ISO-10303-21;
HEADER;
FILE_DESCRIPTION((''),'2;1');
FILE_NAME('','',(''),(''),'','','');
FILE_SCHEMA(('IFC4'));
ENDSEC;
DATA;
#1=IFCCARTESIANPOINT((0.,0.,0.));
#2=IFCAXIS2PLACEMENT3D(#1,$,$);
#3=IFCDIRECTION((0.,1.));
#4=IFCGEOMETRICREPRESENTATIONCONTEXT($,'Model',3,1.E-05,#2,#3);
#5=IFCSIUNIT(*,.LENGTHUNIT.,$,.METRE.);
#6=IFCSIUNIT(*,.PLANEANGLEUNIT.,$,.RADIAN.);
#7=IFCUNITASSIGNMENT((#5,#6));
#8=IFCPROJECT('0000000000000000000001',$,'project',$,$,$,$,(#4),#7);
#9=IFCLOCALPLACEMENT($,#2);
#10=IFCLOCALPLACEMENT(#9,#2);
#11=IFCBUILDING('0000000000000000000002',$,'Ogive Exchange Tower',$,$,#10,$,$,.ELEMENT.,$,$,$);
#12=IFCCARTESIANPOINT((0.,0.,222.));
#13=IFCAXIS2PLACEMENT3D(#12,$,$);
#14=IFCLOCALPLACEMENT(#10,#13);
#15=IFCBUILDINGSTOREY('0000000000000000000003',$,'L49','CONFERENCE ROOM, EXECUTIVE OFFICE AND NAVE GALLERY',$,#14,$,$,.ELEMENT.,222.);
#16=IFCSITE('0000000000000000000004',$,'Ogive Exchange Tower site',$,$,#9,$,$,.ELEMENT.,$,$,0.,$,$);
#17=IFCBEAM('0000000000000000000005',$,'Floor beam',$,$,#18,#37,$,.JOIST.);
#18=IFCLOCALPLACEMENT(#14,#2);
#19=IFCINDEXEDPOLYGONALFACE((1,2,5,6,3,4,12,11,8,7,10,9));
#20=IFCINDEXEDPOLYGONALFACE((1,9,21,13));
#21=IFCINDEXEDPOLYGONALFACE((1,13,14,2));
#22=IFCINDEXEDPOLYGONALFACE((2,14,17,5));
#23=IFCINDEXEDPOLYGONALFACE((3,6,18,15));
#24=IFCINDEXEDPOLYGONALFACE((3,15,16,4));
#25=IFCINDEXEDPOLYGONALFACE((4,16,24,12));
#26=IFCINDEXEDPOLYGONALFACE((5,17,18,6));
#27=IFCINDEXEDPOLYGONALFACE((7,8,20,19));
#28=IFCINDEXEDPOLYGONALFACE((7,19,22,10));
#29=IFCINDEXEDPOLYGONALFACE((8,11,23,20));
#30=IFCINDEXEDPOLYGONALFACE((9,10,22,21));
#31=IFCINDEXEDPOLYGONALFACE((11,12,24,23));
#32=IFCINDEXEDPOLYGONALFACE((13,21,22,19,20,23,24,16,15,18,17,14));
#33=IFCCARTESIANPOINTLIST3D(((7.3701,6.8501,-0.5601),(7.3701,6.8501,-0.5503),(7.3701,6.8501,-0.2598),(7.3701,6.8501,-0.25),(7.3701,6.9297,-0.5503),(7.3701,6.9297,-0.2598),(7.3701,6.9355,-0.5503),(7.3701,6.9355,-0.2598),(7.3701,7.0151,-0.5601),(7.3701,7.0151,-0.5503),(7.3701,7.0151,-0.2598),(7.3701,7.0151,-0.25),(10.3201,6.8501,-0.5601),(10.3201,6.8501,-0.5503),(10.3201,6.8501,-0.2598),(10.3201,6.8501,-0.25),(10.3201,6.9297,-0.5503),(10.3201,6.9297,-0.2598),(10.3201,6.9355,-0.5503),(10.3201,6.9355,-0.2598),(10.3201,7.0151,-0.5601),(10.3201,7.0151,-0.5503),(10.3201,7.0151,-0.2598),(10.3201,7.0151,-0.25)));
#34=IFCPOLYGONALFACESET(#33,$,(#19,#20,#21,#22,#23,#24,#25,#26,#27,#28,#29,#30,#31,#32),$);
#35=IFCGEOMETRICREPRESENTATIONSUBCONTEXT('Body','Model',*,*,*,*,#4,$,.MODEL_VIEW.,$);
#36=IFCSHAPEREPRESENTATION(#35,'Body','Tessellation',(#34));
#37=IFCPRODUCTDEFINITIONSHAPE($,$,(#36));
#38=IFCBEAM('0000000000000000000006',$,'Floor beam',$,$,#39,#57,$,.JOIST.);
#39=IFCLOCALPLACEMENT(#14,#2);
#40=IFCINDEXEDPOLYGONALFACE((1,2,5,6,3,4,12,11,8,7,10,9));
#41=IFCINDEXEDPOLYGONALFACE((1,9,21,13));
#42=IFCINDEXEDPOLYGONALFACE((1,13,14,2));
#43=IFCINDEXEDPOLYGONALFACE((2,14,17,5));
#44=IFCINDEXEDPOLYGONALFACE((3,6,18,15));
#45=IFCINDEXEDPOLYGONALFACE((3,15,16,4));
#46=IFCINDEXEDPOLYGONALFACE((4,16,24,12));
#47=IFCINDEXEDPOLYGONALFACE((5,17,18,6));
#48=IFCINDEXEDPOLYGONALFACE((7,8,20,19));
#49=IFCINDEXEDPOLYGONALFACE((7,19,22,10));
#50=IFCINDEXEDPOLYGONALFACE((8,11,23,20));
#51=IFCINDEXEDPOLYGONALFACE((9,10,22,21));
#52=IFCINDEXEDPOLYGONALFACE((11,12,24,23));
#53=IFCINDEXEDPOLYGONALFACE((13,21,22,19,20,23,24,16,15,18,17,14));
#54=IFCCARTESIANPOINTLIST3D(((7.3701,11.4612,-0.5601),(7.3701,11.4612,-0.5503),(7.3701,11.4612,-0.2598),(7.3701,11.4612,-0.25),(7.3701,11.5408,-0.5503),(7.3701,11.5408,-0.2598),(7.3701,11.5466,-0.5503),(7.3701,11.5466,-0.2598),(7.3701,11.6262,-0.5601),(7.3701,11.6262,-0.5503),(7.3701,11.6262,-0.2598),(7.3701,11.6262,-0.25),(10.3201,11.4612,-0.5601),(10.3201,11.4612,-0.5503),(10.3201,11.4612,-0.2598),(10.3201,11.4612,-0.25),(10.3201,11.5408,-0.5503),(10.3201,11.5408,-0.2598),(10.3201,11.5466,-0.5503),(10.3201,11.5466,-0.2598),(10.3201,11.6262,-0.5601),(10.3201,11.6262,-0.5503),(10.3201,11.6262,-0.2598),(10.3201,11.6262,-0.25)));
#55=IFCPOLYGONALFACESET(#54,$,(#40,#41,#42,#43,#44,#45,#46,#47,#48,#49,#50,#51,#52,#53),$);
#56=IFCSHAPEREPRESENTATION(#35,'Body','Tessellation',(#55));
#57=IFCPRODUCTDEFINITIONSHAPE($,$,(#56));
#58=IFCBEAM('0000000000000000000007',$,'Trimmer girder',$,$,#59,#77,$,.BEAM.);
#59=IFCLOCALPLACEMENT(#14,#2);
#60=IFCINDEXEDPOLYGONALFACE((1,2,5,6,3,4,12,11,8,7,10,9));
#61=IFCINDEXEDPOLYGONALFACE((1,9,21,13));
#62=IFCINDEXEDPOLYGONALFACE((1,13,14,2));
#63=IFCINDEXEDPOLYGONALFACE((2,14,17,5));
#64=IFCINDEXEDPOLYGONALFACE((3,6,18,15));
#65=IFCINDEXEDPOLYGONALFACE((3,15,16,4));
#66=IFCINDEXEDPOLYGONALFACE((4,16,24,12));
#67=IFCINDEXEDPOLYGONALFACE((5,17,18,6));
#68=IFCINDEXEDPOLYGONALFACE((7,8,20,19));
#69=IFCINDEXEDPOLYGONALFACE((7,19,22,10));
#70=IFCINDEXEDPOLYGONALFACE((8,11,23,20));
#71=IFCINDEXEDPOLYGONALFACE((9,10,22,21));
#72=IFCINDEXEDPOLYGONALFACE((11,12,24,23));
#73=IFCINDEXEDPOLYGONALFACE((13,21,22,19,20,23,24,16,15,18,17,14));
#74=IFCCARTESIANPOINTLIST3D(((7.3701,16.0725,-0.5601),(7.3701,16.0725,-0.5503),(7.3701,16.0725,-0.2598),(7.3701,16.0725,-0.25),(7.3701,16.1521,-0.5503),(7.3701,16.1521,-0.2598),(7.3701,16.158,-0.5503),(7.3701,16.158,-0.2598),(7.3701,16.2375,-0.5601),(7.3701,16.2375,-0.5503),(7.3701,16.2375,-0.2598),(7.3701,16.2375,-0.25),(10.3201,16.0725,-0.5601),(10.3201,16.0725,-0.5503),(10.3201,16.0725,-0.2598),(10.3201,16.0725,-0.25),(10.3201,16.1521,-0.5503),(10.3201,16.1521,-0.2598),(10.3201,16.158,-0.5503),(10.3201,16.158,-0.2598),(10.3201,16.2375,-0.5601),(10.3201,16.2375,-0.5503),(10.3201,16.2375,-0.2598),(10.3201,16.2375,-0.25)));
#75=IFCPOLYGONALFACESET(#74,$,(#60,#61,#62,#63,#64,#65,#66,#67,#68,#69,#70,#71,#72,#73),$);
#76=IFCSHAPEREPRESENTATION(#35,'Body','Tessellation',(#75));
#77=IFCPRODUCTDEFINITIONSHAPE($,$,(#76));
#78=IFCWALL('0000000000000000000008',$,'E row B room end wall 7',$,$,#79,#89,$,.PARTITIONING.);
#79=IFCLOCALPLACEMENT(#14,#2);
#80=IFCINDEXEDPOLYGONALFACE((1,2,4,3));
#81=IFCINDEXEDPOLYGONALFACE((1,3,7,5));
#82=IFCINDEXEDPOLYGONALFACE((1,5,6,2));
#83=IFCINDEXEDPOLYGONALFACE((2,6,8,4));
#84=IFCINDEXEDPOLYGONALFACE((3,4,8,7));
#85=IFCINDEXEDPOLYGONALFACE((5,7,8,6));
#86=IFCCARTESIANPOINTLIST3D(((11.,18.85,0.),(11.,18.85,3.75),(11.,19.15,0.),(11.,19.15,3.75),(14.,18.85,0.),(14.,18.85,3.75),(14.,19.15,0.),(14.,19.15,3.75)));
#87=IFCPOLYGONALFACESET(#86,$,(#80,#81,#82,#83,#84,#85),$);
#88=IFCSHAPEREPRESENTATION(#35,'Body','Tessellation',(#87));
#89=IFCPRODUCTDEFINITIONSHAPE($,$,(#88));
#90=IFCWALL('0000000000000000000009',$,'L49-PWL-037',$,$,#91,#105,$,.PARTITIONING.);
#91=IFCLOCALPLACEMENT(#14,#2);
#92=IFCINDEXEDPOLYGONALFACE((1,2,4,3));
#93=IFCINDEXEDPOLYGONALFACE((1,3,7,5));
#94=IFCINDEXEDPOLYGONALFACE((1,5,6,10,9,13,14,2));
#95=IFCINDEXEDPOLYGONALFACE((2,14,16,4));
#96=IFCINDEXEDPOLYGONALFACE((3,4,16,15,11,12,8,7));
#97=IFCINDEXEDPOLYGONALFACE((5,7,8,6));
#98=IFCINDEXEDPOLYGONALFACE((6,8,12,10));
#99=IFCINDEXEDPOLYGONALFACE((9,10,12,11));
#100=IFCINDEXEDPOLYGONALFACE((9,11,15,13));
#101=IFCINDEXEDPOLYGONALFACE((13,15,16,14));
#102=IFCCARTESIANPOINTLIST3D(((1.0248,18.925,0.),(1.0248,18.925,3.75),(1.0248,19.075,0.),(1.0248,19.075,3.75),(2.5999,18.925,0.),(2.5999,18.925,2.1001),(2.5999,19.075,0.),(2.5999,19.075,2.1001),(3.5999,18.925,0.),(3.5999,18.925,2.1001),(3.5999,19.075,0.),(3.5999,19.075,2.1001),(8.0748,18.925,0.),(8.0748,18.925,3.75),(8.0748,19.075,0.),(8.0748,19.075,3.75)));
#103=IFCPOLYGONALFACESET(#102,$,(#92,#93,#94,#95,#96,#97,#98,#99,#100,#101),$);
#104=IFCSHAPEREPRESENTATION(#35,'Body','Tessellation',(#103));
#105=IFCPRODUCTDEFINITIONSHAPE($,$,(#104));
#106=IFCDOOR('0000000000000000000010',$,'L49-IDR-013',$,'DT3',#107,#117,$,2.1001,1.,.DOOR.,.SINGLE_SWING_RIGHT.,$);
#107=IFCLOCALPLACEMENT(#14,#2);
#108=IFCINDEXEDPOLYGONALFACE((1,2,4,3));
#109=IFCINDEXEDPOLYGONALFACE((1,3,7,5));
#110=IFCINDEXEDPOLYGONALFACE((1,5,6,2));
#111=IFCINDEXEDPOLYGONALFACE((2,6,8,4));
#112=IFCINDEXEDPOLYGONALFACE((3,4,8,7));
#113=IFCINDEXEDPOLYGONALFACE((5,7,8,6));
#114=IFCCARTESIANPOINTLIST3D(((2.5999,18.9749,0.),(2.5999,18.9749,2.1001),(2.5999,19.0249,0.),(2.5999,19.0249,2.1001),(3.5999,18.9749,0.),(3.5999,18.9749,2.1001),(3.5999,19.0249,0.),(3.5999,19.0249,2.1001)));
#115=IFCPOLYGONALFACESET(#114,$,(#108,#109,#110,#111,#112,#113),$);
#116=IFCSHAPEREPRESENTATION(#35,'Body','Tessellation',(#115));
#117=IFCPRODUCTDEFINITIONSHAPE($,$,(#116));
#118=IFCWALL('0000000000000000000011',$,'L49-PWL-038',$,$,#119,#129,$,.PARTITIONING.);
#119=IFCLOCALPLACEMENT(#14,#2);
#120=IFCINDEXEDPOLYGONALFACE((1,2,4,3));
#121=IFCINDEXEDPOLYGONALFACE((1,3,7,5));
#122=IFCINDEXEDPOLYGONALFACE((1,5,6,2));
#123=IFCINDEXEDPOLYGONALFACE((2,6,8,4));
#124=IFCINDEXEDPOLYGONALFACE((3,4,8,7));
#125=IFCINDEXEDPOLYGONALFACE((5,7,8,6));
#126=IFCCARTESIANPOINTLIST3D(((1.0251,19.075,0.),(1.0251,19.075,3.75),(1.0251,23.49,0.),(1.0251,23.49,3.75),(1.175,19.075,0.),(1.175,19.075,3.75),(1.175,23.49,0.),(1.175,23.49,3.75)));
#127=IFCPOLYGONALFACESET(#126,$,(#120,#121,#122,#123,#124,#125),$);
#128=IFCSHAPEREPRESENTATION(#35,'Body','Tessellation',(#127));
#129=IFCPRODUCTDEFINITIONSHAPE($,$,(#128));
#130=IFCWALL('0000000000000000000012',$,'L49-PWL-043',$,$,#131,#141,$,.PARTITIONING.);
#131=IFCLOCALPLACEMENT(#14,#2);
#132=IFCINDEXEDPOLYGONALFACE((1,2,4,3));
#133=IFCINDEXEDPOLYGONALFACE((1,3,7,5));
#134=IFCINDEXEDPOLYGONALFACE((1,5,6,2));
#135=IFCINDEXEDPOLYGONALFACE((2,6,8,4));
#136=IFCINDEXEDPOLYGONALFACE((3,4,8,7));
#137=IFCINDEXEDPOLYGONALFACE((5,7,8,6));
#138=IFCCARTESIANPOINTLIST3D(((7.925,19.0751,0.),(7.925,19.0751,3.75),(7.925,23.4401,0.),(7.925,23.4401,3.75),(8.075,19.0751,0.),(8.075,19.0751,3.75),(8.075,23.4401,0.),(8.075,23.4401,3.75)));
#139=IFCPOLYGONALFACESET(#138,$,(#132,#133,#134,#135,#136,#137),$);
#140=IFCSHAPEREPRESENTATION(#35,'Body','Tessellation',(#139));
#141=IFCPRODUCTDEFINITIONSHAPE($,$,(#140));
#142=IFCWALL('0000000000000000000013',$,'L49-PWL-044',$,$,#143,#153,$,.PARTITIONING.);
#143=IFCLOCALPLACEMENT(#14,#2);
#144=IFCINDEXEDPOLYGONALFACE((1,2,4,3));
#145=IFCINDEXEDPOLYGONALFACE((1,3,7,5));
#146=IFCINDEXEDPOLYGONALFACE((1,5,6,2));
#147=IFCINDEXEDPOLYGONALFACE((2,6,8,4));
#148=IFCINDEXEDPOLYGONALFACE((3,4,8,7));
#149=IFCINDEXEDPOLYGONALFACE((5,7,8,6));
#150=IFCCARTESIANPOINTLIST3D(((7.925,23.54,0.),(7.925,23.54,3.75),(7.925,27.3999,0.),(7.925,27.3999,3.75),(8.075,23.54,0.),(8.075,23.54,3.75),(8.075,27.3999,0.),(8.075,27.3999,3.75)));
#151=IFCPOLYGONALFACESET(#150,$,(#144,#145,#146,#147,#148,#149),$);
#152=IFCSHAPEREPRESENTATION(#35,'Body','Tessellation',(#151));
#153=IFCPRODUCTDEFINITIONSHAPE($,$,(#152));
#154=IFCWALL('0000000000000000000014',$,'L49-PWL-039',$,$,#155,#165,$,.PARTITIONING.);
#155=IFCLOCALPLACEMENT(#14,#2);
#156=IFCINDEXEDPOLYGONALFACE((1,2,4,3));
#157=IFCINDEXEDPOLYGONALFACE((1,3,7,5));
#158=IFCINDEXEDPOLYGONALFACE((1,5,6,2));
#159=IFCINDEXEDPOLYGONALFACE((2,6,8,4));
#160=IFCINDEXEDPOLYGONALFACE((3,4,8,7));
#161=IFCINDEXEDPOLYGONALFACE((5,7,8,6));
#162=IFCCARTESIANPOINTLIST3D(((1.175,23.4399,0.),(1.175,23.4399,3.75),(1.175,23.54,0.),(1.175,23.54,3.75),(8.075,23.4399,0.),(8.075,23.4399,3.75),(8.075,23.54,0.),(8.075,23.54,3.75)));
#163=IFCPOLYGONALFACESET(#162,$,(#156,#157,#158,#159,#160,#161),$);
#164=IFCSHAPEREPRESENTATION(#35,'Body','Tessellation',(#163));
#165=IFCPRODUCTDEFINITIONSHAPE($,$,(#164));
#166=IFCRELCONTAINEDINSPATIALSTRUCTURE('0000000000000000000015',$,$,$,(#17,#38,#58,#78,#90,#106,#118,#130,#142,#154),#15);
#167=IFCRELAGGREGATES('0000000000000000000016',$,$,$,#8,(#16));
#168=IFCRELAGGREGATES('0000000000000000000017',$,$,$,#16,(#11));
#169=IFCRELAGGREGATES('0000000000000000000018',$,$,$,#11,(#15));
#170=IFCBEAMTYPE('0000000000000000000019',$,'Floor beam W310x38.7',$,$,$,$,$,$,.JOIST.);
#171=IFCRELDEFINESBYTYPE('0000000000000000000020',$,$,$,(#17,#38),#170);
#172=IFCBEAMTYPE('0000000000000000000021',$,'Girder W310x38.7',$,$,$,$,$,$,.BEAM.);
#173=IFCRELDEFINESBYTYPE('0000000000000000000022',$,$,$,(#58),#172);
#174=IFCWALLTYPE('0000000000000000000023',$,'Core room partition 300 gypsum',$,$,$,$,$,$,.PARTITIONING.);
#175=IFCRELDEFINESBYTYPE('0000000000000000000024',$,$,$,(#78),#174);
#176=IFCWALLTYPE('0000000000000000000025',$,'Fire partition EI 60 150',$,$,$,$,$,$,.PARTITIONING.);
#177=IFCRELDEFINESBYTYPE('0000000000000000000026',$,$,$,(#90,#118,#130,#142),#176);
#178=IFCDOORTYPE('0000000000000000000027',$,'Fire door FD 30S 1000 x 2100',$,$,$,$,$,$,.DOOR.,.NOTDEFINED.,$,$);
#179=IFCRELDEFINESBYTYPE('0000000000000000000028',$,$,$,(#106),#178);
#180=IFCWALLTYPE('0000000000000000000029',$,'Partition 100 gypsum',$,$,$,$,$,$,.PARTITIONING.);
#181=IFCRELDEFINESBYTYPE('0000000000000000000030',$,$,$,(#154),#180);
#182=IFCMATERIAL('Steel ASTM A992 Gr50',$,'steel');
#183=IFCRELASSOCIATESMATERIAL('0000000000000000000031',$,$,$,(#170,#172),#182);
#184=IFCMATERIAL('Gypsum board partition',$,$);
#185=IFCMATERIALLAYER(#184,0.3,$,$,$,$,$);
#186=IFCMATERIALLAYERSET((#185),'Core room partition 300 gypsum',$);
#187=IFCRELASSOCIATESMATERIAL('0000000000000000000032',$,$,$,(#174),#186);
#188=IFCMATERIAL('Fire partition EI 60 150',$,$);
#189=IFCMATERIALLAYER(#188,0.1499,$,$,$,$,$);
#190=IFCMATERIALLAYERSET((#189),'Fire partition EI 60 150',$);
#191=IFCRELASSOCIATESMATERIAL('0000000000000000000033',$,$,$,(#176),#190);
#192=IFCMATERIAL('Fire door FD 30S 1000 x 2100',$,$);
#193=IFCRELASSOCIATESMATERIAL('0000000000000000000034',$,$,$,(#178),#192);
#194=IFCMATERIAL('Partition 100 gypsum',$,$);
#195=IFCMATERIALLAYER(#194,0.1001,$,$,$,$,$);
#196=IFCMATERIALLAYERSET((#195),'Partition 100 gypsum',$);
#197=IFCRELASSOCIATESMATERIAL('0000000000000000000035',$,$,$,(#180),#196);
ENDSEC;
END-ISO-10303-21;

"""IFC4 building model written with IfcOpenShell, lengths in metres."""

from ifc_helpers import new_model, si_unit, direction, frame, frame_2d, origin, origin_2d, place, context, subcontext, project, spatial, rectangle, i_section, extrude, material, layer, layer_set, material_profile, profile_set, type_object, element, fill, save


model = new_model("IFC4")

# Units and contexts
model_context = context("Model", 3, precision=1e-05, world=origin(), true_north=direction((0.0, 1.0)))
body_context = subcontext(model_context, "Body", "Model", "MODEL_VIEW")
ifc_project = project(units=[si_unit("LENGTHUNIT", "METRE"), si_unit("PLANEANGLEUNIT", "RADIAN")], contexts=[model_context])

# Site, building, storey
site_placement = place(None, origin())
site = spatial("IfcSite", under=ifc_project, at=site_placement, Name="Ogive Exchange Tower site", CompositionType="ELEMENT", RefElevation=0.0)
building_placement = place(site_placement, origin())
building = spatial("IfcBuilding", under=site, at=building_placement, Name="Ogive Exchange Tower", CompositionType="ELEMENT")
storey_placement = place(building_placement, frame((0.0, 0.0, 222.0)))
storey = spatial("IfcBuildingStorey", under=building, at=storey_placement, Name="L49", Description="CONFERENCE ROOM, EXECUTIVE OFFICE AND NAVE GALLERY", CompositionType="ELEMENT", Elevation=222.0)

# Beams
ifc_material_1 = material(Name="Steel ASTM A992 Gr50", Category="steel")
ifc_material_profile_1 = material_profile(ifc_material_1, i_section(OverallWidth=0.165, OverallDepth=0.3101, WebThickness=0.0059, FlangeThickness=0.0098, at=origin_2d()), Name="W310x38.7")
ifc_profile_set_1 = profile_set([ifc_material_profile_1], Name="Steel ASTM A992 Gr50")
beam_type_1 = type_object("IfcBeamType", Name="Floor beam W310x38.7", PredefinedType="JOIST", material=ifc_profile_set_1)
for number, where, z_axis, x_axis, name in (
    (1, (7.3701, 6.9326, -0.405), (1.0, 0.0, 0.0), (0.0, 1.0, 0.0), "Floor beam"),
    (2, (7.3701, 11.5437, -0.405), (1.0, 0.0, 0.0), (0.0, 1.0, 0.0), "Floor beam"),
):
    element("IfcBeam", number, at=place(storey_placement, frame(where, z_axis=z_axis, x_axis=x_axis)), inside=storey, type_object=beam_type_1, Name=name, PredefinedType="JOIST", context=body_context, shape_type="SweptSolid", body=[
        extrude(i_section(OverallWidth=0.165, OverallDepth=0.3101, WebThickness=0.0059, FlangeThickness=0.0098, at=origin_2d()), origin(), (0.0, 0.0, 1.0), 2.95),
    ])
ifc_material_profile_2 = material_profile(ifc_material_1, i_section(OverallWidth=0.165, OverallDepth=0.3101, WebThickness=0.0059, FlangeThickness=0.0098, at=origin_2d()), Name="W310x38.7")
ifc_profile_set_2 = profile_set([ifc_material_profile_2], Name="Steel ASTM A992 Gr50")
beam_type_2 = type_object("IfcBeamType", Name="Girder W310x38.7", PredefinedType="BEAM", material=ifc_profile_set_2)
beam_placement = place(storey_placement, frame((7.3701, 16.155, -0.405), z_axis=(1.0, 0.0, 0.0), x_axis=(0.0, 1.0, 0.0)))
element("IfcBeam", 3, at=beam_placement, inside=storey, type_object=beam_type_2, Name="Trimmer girder", PredefinedType="BEAM", context=body_context, shape_type="SweptSolid", body=[
    extrude(i_section(OverallWidth=0.165, OverallDepth=0.3101, WebThickness=0.0059, FlangeThickness=0.0098, at=origin_2d()), origin(), (0.0, 0.0, 1.0), 2.95),
])

# Wall
ifc_material_2 = material(Name="Gypsum board partition")
ifc_layer_1 = layer(ifc_material_2, 0.3)
ifc_layer_set_1 = layer_set([ifc_layer_1], Name="Core room partition 300 gypsum")
wall_type_1 = type_object("IfcWallType", Name="Core room partition 300 gypsum", PredefinedType="PARTITIONING", material=ifc_layer_set_1)
wall_1_placement = place(storey_placement, frame((11.0, 19.0, 0.0), z_axis=(0.0, 0.0, 1.0), x_axis=(1.0, 0.0, 0.0)))
element("IfcWall", 4, at=wall_1_placement, inside=storey, type_object=wall_type_1, Name="E row B room end wall 7", PredefinedType="PARTITIONING", context=body_context, shape_type="SweptSolid", body=[
    extrude(rectangle(XDim=3.0, YDim=0.3, at=frame_2d((1.5, 0.0))), origin(), (0.0, 0.0, 1.0), 3.75),
])

# Wall, opening, door
ifc_material_3 = material(Name="Fire partition EI 60 150")
ifc_layer_2 = layer(ifc_material_3, 0.1499)
ifc_layer_set_2 = layer_set([ifc_layer_2], Name="Fire partition EI 60 150")
wall_type_2 = type_object("IfcWallType", Name="Fire partition EI 60 150", PredefinedType="PARTITIONING", material=ifc_layer_set_2)
wall_2_placement = place(storey_placement, frame((1.0249, 19.0, 0.0), z_axis=(0.0, 0.0, 1.0), x_axis=(1.0, 0.0, 0.0)))
wall_2 = element("IfcWall", 5, at=wall_2_placement, inside=storey, type_object=wall_type_2, Name="L49-PWL-037", PredefinedType="PARTITIONING", context=body_context, shape_type="SweptSolid", body=[
    extrude(rectangle(XDim=7.05, YDim=0.1499, at=frame_2d((3.5249, 0.0))), origin(), (0.0, 0.0, 1.0), 3.75),
])
opening_1_placement = place(wall_2_placement, frame((1.575, 0.0, 0.0)))
opening_1 = element("IfcOpeningElement", 6, at=opening_1_placement, cuts=wall_2, PredefinedType="OPENING", context=body_context, shape_type="SweptSolid", body=[
    extrude(rectangle(XDim=1.0, YDim=2.1001, at=frame_2d((0.5, 1.05))), frame((0.0, 0.085, 0.0), z_axis=(0.0, -1.0, 0.0), x_axis=(1.0, 0.0, 0.0)), (0.0, 0.0, 1.0), 0.1699),
])
ifc_material_4 = material(Name="Fire door FD 30S 1000 x 2100")
door_type_1 = type_object("IfcDoorType", Name="Fire door FD 30S 1000 x 2100", OperationType="NOTDEFINED", PredefinedType="DOOR", material=ifc_material_4)
door_1_placement = place(opening_1_placement, origin())
door_1 = element("IfcDoor", 7, at=door_1_placement, inside=storey, type_object=door_type_1, Name="L49-IDR-013", ObjectType="DT3", OperationType="SINGLE_SWING_RIGHT", OverallHeight=2.1001, OverallWidth=1.0, PredefinedType="DOOR", context=body_context, shape_type="SweptSolid", body=[
    extrude(rectangle(XDim=1.0, YDim=2.1001, at=frame_2d((0.5, 1.05))), frame((0.0, 0.0249, 0.0), z_axis=(0.0, -1.0, 0.0), x_axis=(1.0, 0.0, 0.0)), (0.0, 0.0, 1.0), 0.05),
])
fill(opening_1, door_1)

# Walls
wall_3_placement = place(storey_placement, frame((1.1001, 23.49, 0.0), z_axis=(0.0, 0.0, 1.0), x_axis=(0.0, -1.0, 0.0)))
element("IfcWall", 8, at=wall_3_placement, inside=storey, type_object=wall_type_2, Name="L49-PWL-038", PredefinedType="PARTITIONING", context=body_context, shape_type="SweptSolid", body=[
    extrude(rectangle(XDim=4.415, YDim=0.1499, at=frame_2d((2.2075, 0.0))), origin(), (0.0, 0.0, 1.0), 3.75),
])
wall_4_placement = place(storey_placement, frame((8.0, 19.075, 0.0), z_axis=(0.0, 0.0, 1.0), x_axis=(0.0, 1.0, 0.0)))
element("IfcWall", 9, at=wall_4_placement, inside=storey, type_object=wall_type_2, Name="L49-PWL-043", PredefinedType="PARTITIONING", context=body_context, shape_type="SweptSolid", body=[
    extrude(rectangle(XDim=4.365, YDim=0.1499, at=frame_2d((2.1826, 0.0))), origin(), (0.0, 0.0, 1.0), 3.75),
])
wall_5_placement = place(storey_placement, frame((8.0, 23.54, 0.0), z_axis=(0.0, 0.0, 1.0), x_axis=(0.0, 1.0, 0.0)))
element("IfcWall", 10, at=wall_5_placement, inside=storey, type_object=wall_type_2, Name="L49-PWL-044", PredefinedType="PARTITIONING", context=body_context, shape_type="SweptSolid", body=[
    extrude(rectangle(XDim=3.8599, YDim=0.1499, at=frame_2d((1.9299, 0.0))), origin(), (0.0, 0.0, 1.0), 3.75),
])
ifc_material_5 = material(Name="Partition 100 gypsum")
ifc_layer_3 = layer(ifc_material_5, 0.1001)
ifc_layer_set_3 = layer_set([ifc_layer_3], Name="Partition 100 gypsum")
wall_type_3 = type_object("IfcWallType", Name="Partition 100 gypsum", PredefinedType="PARTITIONING", material=ifc_layer_set_3)
wall_6_placement = place(storey_placement, frame((1.175, 23.49, 0.0), z_axis=(0.0, 0.0, 1.0), x_axis=(1.0, 0.0, 0.0)))
element("IfcWall", 11, at=wall_6_placement, inside=storey, type_object=wall_type_3, Name="L49-PWL-039", PredefinedType="PARTITIONING", context=body_context, shape_type="SweptSolid", body=[
    extrude(rectangle(XDim=6.8999, YDim=0.1001, at=frame_2d((3.45, 0.0))), origin(), (0.0, 0.0, 1.0), 3.75),
])

save(model, "model.ifc")
